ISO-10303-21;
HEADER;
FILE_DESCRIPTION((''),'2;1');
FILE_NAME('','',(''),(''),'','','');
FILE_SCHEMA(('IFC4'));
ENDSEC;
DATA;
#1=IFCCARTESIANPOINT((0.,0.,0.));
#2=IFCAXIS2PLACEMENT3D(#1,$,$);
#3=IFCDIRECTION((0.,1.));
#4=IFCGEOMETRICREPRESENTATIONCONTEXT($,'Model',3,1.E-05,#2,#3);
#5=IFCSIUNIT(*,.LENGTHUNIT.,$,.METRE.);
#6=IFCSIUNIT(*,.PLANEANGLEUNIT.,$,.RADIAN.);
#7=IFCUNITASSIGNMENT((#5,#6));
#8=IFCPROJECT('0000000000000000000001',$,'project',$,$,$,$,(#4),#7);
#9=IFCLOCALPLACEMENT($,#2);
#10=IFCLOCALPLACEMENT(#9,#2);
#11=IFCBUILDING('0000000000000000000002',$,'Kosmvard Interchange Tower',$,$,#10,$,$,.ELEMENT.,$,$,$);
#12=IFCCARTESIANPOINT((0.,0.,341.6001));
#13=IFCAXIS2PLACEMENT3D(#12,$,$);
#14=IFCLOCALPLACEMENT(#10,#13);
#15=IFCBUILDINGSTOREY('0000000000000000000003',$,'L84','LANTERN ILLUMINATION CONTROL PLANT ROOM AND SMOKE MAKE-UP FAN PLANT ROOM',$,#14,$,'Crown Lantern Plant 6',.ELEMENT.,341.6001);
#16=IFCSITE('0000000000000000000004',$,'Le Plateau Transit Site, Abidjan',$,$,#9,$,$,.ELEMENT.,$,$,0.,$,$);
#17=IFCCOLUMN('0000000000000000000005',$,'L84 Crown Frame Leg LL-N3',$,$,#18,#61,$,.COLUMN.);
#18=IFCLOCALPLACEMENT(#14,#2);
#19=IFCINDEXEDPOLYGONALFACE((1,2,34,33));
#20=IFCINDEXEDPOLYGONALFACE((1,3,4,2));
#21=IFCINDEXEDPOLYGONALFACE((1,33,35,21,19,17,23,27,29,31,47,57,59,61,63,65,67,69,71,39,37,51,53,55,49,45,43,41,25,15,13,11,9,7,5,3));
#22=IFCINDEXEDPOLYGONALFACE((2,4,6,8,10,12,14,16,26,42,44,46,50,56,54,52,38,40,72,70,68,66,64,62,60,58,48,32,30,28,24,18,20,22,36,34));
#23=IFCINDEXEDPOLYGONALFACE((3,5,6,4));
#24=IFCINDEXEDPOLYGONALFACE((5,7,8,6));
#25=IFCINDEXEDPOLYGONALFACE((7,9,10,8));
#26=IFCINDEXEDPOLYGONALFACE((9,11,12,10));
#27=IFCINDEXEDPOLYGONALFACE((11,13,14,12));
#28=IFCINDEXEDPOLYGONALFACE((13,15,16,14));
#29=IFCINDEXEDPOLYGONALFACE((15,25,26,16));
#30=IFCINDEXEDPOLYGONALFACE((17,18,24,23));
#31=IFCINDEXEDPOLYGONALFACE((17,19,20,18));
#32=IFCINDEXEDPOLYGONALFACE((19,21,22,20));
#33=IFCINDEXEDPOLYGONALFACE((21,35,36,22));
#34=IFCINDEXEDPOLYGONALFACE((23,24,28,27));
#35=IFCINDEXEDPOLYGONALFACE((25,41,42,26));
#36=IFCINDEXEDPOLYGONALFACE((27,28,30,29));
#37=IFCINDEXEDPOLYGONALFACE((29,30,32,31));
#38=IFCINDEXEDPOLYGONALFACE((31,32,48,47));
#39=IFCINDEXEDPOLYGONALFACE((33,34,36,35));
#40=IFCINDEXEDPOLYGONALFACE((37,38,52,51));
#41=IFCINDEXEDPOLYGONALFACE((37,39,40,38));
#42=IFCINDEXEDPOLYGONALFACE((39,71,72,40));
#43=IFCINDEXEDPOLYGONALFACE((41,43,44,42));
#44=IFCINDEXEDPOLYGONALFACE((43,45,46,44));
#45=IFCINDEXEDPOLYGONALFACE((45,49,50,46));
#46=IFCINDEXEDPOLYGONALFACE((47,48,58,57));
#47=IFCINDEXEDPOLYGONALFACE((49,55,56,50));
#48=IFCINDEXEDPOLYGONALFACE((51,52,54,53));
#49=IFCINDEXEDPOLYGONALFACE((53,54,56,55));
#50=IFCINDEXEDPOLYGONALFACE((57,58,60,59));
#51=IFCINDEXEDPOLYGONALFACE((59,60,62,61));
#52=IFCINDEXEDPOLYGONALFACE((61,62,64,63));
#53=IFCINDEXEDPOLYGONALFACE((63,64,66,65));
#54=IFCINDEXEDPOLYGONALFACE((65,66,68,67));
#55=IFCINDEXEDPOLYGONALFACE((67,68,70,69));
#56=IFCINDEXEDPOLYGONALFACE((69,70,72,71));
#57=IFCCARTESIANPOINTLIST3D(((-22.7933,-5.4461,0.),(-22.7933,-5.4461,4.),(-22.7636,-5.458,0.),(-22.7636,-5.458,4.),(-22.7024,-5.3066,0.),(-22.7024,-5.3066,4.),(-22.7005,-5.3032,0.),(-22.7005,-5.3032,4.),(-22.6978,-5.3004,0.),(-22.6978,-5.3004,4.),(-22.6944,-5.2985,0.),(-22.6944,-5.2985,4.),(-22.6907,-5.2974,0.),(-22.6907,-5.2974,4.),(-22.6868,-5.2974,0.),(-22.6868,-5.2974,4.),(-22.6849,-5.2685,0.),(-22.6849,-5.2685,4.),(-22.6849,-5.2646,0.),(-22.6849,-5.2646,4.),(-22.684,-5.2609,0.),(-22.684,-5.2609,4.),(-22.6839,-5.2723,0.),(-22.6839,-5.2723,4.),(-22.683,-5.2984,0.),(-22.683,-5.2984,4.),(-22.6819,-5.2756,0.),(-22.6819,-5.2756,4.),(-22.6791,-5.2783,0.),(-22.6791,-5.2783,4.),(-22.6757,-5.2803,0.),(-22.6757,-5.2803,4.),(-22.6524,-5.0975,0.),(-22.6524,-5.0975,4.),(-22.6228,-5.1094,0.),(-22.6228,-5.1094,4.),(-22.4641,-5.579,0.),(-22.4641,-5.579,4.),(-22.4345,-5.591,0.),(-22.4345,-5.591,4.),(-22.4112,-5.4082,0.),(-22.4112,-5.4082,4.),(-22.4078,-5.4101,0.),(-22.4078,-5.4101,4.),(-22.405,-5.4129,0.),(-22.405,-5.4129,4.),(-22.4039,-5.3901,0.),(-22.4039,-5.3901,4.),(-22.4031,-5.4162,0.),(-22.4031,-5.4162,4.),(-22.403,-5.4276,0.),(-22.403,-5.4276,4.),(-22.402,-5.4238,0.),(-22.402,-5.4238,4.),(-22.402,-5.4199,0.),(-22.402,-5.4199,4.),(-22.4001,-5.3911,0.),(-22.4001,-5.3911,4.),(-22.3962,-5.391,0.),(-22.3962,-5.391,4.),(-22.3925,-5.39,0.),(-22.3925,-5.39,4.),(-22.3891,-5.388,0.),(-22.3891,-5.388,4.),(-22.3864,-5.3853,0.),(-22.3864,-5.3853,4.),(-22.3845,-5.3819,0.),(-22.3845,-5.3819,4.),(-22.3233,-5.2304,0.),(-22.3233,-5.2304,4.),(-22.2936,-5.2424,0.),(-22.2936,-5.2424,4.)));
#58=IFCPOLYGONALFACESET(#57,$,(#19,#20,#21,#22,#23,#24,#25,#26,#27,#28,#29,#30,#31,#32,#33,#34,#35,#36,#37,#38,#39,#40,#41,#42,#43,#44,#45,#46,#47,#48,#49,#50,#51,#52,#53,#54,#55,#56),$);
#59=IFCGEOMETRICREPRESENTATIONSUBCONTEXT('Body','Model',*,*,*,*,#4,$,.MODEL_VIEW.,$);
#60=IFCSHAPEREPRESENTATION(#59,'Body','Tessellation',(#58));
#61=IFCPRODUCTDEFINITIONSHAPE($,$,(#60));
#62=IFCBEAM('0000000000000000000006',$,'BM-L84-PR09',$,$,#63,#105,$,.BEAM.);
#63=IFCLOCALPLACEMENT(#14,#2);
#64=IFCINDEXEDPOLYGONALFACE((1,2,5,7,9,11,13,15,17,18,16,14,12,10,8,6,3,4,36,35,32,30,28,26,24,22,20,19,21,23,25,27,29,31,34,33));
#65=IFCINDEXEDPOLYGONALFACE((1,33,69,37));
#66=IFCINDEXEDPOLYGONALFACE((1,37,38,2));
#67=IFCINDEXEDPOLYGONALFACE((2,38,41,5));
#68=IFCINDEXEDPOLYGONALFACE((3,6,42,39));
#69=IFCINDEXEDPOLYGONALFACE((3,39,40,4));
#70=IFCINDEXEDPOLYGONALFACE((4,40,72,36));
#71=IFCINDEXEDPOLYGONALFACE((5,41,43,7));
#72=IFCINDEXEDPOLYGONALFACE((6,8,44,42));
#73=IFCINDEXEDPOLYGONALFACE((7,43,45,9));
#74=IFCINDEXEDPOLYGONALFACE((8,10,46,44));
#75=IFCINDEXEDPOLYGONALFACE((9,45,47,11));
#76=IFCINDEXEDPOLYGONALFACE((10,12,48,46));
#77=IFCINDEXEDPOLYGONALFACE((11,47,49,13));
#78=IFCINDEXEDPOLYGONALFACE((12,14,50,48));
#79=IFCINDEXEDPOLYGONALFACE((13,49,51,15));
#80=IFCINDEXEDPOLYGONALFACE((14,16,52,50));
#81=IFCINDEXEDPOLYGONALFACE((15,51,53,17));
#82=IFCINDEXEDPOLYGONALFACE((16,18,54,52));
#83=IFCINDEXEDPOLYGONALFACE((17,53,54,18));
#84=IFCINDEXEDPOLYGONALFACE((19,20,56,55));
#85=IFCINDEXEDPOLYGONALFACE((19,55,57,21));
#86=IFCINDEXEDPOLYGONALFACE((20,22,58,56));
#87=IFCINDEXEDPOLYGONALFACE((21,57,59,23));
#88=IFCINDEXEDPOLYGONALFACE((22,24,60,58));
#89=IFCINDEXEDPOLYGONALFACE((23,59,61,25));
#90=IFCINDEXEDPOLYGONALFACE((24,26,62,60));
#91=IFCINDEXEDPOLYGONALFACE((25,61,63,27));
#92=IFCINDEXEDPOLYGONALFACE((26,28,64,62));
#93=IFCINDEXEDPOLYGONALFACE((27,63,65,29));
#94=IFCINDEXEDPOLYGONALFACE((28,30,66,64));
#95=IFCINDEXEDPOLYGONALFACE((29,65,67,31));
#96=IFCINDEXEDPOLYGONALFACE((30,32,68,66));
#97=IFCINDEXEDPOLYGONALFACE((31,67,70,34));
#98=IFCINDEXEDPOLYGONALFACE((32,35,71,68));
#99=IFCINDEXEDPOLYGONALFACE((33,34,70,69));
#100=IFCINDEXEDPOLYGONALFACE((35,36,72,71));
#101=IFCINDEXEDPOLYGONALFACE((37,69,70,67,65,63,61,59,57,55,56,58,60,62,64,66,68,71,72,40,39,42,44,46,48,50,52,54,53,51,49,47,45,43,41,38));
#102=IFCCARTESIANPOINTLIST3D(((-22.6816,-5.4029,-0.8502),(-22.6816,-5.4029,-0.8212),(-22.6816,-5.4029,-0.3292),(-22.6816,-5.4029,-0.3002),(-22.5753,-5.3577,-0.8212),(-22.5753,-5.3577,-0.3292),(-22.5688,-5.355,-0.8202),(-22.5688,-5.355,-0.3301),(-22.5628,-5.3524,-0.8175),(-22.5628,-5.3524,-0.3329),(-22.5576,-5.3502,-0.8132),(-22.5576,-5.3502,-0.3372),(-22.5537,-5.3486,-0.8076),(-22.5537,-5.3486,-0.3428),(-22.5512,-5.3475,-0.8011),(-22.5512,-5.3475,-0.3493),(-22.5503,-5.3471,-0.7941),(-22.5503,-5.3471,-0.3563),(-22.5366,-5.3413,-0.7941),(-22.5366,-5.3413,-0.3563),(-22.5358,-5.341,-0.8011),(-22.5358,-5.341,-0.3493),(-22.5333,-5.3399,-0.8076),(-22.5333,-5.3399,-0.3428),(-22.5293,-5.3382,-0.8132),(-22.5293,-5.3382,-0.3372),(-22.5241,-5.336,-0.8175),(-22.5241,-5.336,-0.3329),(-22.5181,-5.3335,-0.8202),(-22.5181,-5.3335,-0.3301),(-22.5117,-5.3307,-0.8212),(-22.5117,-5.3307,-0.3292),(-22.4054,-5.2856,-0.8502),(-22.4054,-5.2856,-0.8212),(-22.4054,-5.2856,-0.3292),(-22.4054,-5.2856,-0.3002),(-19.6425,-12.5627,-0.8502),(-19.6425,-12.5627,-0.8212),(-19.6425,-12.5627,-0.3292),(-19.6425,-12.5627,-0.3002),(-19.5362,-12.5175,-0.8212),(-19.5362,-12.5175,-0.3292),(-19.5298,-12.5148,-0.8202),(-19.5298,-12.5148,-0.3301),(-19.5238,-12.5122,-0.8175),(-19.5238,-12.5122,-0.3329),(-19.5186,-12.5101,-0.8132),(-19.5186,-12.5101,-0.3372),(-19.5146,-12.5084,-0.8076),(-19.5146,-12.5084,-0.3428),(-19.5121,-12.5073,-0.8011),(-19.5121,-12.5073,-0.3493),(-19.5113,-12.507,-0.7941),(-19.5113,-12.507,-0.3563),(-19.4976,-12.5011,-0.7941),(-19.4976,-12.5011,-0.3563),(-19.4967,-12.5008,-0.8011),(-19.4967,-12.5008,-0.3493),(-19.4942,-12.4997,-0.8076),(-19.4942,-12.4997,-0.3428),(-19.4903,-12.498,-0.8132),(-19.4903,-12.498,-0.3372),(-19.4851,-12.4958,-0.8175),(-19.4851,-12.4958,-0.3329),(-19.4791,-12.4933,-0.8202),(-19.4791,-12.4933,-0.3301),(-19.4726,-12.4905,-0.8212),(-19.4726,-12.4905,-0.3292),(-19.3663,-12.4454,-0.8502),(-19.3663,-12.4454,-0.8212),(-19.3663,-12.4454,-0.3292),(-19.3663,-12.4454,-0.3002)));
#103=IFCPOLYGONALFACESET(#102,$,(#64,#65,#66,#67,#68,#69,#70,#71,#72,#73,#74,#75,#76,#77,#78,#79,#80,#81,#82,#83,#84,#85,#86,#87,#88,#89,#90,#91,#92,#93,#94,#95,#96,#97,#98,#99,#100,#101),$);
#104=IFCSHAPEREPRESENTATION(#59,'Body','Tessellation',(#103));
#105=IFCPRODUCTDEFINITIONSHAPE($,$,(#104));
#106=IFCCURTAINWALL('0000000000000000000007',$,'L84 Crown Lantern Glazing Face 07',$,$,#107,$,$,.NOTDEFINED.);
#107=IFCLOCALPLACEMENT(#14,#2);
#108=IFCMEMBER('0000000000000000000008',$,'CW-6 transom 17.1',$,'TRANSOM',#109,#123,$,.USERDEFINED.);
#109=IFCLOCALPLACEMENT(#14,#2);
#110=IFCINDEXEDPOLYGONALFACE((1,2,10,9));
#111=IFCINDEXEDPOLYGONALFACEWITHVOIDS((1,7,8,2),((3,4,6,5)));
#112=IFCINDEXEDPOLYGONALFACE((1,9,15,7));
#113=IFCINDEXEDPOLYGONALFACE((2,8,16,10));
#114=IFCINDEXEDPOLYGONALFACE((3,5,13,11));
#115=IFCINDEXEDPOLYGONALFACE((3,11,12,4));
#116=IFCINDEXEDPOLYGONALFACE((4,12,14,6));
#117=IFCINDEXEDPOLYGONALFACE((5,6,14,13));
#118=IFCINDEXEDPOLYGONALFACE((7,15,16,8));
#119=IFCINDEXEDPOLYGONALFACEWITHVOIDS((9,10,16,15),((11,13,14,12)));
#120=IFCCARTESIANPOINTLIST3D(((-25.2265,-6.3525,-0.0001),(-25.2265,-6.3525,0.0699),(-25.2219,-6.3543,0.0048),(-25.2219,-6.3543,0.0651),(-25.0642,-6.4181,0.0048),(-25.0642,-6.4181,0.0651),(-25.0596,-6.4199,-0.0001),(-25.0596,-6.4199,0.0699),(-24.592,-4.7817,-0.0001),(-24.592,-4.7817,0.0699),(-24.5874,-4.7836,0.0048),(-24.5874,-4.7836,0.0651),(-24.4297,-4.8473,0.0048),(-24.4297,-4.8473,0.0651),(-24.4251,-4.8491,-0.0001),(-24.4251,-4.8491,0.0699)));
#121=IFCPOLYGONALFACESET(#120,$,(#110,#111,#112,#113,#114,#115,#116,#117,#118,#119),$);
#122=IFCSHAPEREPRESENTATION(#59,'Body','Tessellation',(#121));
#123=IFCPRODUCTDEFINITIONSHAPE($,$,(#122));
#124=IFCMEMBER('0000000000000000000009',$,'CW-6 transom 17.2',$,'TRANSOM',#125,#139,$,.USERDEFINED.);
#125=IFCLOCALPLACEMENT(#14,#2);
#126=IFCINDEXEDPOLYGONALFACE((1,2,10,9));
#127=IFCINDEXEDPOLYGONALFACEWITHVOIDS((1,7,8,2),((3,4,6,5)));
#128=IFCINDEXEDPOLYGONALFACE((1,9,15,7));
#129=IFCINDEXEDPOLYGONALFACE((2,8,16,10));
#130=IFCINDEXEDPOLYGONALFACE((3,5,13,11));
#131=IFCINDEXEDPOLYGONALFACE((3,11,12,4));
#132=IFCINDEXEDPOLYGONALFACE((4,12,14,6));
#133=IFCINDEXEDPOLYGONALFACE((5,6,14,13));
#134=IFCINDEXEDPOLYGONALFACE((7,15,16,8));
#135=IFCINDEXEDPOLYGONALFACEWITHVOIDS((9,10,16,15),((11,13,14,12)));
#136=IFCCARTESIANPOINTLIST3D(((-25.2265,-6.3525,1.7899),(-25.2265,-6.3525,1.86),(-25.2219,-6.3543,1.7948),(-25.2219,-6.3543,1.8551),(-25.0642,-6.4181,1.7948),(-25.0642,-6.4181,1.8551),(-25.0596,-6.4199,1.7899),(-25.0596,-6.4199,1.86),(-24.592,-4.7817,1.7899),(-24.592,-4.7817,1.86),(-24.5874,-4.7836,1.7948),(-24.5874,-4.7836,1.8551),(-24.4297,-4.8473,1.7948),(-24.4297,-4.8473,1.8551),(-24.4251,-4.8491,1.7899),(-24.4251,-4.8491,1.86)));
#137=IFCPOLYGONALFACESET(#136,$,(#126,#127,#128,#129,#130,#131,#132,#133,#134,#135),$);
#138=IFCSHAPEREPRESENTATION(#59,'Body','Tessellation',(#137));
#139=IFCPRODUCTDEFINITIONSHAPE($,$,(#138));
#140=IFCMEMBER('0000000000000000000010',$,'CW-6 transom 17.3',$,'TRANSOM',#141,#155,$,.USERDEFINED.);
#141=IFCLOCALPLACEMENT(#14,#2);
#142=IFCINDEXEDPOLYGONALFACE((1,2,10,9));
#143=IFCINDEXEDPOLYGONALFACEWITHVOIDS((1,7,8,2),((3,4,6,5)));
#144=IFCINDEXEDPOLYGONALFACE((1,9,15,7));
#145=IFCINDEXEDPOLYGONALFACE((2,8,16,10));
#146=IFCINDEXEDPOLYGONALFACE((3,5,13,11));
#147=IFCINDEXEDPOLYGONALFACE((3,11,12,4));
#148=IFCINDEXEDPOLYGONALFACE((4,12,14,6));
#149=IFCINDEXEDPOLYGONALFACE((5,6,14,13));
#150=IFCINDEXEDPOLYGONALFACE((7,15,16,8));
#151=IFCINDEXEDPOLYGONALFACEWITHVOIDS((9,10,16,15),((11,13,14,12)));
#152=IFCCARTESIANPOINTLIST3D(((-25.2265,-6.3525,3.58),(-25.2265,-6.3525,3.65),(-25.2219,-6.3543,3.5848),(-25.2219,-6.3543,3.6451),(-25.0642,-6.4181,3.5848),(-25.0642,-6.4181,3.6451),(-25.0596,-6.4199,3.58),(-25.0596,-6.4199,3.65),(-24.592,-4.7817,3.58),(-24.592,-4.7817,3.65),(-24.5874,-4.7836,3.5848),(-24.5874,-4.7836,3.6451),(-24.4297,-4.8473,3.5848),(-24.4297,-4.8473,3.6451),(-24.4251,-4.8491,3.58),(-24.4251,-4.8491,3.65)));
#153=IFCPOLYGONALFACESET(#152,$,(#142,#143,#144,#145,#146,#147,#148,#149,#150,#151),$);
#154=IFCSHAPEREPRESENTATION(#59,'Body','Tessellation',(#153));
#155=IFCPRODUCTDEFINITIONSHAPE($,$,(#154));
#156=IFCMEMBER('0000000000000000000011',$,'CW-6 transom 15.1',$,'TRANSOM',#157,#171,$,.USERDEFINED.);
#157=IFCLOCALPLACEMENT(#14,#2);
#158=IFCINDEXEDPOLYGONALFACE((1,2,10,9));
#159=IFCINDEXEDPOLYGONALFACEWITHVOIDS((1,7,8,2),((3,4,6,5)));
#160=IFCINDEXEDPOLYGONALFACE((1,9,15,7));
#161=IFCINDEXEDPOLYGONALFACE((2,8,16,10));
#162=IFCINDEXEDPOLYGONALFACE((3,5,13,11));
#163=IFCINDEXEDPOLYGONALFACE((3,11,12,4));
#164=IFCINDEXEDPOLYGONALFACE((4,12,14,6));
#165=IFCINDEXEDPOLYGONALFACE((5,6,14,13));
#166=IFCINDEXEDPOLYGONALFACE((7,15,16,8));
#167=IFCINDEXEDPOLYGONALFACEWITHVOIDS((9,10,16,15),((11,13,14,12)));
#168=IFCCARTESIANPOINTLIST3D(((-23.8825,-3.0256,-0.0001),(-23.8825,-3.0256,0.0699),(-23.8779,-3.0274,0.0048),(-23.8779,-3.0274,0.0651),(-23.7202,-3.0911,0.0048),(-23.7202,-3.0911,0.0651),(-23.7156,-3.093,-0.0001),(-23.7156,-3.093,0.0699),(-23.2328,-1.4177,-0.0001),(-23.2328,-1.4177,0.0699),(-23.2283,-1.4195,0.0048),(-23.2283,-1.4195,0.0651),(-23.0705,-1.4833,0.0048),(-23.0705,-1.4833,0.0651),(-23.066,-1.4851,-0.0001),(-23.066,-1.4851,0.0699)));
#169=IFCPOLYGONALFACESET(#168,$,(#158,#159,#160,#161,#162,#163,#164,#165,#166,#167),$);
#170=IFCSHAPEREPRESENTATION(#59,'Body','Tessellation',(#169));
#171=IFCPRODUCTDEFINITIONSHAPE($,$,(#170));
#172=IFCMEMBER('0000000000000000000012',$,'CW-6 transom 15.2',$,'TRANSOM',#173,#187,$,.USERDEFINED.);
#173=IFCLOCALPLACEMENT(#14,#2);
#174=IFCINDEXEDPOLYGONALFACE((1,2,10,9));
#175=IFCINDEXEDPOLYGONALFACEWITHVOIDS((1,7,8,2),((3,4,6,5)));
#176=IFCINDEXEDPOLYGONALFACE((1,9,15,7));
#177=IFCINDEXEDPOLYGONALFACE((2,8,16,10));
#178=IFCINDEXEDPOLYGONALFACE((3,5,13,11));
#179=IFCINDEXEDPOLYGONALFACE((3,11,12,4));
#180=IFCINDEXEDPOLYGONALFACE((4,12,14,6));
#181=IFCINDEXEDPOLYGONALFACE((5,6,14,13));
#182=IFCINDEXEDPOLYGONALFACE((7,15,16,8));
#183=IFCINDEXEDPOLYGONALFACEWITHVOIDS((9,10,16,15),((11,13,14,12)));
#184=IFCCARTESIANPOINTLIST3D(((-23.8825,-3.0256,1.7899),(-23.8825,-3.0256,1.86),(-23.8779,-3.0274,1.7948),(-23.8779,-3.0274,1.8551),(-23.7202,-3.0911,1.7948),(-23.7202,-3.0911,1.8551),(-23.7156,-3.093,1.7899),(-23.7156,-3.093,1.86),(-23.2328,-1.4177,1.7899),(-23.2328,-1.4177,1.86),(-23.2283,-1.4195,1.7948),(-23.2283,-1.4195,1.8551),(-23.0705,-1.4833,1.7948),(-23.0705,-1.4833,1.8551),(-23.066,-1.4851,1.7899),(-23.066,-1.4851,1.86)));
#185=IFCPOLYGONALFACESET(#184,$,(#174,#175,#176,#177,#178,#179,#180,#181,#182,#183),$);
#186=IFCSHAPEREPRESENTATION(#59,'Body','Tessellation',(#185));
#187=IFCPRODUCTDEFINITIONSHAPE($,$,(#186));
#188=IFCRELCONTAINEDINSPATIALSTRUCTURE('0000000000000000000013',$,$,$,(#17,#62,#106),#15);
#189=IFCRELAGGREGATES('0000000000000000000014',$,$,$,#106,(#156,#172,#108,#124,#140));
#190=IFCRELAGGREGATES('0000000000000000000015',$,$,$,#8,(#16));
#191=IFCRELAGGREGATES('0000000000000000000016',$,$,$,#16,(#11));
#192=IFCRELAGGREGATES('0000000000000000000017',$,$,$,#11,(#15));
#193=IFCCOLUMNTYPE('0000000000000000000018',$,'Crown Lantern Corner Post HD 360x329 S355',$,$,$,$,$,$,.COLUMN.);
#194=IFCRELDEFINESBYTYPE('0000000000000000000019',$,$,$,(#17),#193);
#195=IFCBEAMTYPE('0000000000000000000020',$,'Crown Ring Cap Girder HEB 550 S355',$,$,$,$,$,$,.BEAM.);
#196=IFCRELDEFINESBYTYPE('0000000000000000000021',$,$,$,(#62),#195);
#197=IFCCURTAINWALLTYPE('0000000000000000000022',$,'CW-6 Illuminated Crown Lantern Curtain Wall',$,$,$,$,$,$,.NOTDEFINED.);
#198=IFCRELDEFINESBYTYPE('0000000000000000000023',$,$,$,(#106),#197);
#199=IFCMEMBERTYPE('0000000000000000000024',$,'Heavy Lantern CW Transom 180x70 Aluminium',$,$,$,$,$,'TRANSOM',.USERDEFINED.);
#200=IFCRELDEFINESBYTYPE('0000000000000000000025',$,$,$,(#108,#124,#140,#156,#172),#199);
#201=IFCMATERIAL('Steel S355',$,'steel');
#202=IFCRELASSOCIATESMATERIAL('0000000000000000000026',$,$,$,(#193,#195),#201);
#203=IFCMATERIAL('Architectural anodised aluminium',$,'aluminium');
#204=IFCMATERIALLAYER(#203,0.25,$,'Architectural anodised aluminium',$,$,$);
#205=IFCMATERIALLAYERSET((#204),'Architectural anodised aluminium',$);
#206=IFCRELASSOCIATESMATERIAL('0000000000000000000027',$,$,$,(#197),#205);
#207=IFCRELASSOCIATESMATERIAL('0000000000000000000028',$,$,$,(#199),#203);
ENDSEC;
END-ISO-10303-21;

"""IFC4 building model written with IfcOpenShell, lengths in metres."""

from ifc_helpers import new_model, si_unit, direction, frame, origin, origin_2d, place, context, subcontext, project, spatial, hollow_rectangle, i_section, extrude, source, transform, mapped, material, layer, layer_set, material_profile, profile_set, type_object, element, aggregate, save


model = new_model("IFC4")

# Units and contexts
model_context = context("Model", 3, precision=1e-05, world=origin(), true_north=direction((0.0, 1.0)))
body_context = subcontext(model_context, "Body", "Model", "MODEL_VIEW")
ifc_project = project(units=[si_unit("LENGTHUNIT", "METRE"), si_unit("PLANEANGLEUNIT", "RADIAN")], contexts=[model_context])

# Site, building, storey
site_placement = place(None, origin())
site = spatial("IfcSite", under=ifc_project, at=site_placement, Name="Le Plateau Transit Site, Abidjan", CompositionType="ELEMENT", RefElevation=0.0)
building_placement = place(site_placement, origin())
building = spatial("IfcBuilding", under=site, at=building_placement, Name="Kosmvard Interchange Tower", CompositionType="ELEMENT")
storey_placement = place(building_placement, frame((0.0, 0.0, 341.6001)))
storey = spatial("IfcBuildingStorey", under=building, at=storey_placement, Name="L84", Description="LANTERN ILLUMINATION CONTROL PLANT ROOM AND SMOKE MAKE-UP FAN PLANT ROOM", LongName="Crown Lantern Plant 6", CompositionType="ELEMENT", Elevation=341.6001)

# Column
ifc_material_1 = material(Name="Steel S355", Category="steel")
ifc_material_profile_1 = material_profile(ifc_material_1, i_section(OverallWidth=0.376, OverallDepth=0.387, WebThickness=0.0195, FlangeThickness=0.032, FilletRadius=0.0149, at=origin_2d()), Name="HD 360x329")
ifc_profile_set_1 = profile_set([ifc_material_profile_1], Name="Steel S355")
column_type = type_object("IfcColumnType", Name="Crown Lantern Corner Post HD 360x329 S355", PredefinedType="COLUMN", material=ifc_profile_set_1)
shared_shape_1 = source(origin(), body_context, "Body", "SweptSolid", [
    extrude(i_section(OverallWidth=0.376, OverallDepth=0.387, WebThickness=0.0195, FlangeThickness=0.032, FilletRadius=0.0149, at=origin_2d()), origin(), (0.0, 0.0, 1.0), 4.0),
])
column_placement = place(storey_placement, frame((-22.5435, -5.3442, 0.0), z_axis=(0.0, 0.0, 1.0), x_axis=(0.374607, 0.927184, 0.0)))
element("IfcColumn", 1, at=column_placement, inside=storey, type_object=column_type, Name="L84 Crown Frame Leg LL-N3", PredefinedType="COLUMN", context=body_context, shape_type="MappedRepresentation", body=[
    mapped(shared_shape_1, transform((0.0, 0.0, 0.0), scale=1.0)),
])

# Beam
ifc_material_profile_2 = material_profile(ifc_material_1, i_section(OverallWidth=0.3, OverallDepth=0.55, WebThickness=0.0149, FlangeThickness=0.0291, FilletRadius=0.0271, at=origin_2d()), Name="HEB 550")
ifc_profile_set_2 = profile_set([ifc_material_profile_2], Name="Steel S355")
beam_type = type_object("IfcBeamType", Name="Crown Ring Cap Girder HEB 550 S355", PredefinedType="BEAM", material=ifc_profile_set_2)
shared_shape_2 = source(origin(), body_context, "Body", "SweptSolid", [
    extrude(i_section(OverallWidth=0.3, OverallDepth=0.55, WebThickness=0.0149, FlangeThickness=0.0291, FilletRadius=0.0271, at=origin_2d()), origin(), (0.0, 0.0, 1.0), 7.7781),
])
beam_placement = place(storey_placement, frame((-22.5435, -5.3442, -0.5752), z_axis=(0.390716, -0.920511, 0.0), x_axis=(0.920511, 0.390716, 0.0)))
element("IfcBeam", 2, at=beam_placement, inside=storey, type_object=beam_type, Name="BM-L84-PR09", PredefinedType="BEAM", context=body_context, shape_type="MappedRepresentation", body=[
    mapped(shared_shape_2, transform((0.0, 0.0, 0.0), scale=1.0)),
])

# Curtain wall, members
ifc_material_2 = material(Name="Architectural anodised aluminium", Category="aluminium")
ifc_layer_1 = layer(ifc_material_2, 0.25, Name="Architectural anodised aluminium")
ifc_layer_set_1 = layer_set([ifc_layer_1], Name="Architectural anodised aluminium")
curtain_wall_type = type_object("IfcCurtainWallType", Name="CW-6 Illuminated Crown Lantern Curtain Wall", PredefinedType="NOTDEFINED", material=ifc_layer_set_1)
curtain_wall_placement = place(storey_placement, origin())
curtain_wall = element("IfcCurtainWall", 3, at=curtain_wall_placement, inside=storey, type_object=curtain_wall_type, Name="L84 Crown Lantern Glazing Face 07", PredefinedType="NOTDEFINED")
ifc_material_profile_3 = material_profile(ifc_material_2, hollow_rectangle(XDim=0.1799, YDim=0.0701, WallThickness=0.0049, at=origin_2d()), Name="CWT 180x70x5")
ifc_profile_set_3 = profile_set([ifc_material_profile_3], Name="Architectural anodised aluminium")
member_type_1 = type_object("IfcMemberType", Name="Heavy Lantern CW Transom 180x70 Aluminium", ElementType="TRANSOM", PredefinedType="USERDEFINED", material=ifc_profile_set_3)
shared_shape_3 = source(origin(), body_context, "Body", "SweptSolid", [
    extrude(hollow_rectangle(XDim=0.1799, YDim=0.0701, WallThickness=0.0049, at=origin_2d()), origin(), (0.0, 0.0, 1.0), 1.6941),
])
member_1_placement = place(storey_placement, frame((-24.5085, -4.8154, 0.0349), z_axis=(-0.374544, -0.927209, 0.0), x_axis=(0.927209, -0.374544, 0.0)))
member_1 = element("IfcMember", 4, at=member_1_placement, type_object=member_type_1, Name="CW-6 transom 17.1", ObjectType="TRANSOM", PredefinedType="USERDEFINED", context=body_context, shape_type="MappedRepresentation", body=[
    mapped(shared_shape_3, transform((0.0, 0.0, 0.0), scale=1.0)),
])
member_2_placement = place(storey_placement, frame((-24.5085, -4.8154, 1.825), z_axis=(-0.374544, -0.927209, 0.0), x_axis=(0.927209, -0.374544, 0.0)))
member_2 = element("IfcMember", 5, at=member_2_placement, type_object=member_type_1, Name="CW-6 transom 17.2", ObjectType="TRANSOM", PredefinedType="USERDEFINED", context=body_context, shape_type="MappedRepresentation", body=[
    mapped(shared_shape_3, transform((0.0, 0.0, 0.0), scale=1.0)),
])
member_3_placement = place(storey_placement, frame((-24.5085, -4.8154, 3.615), z_axis=(-0.374544, -0.927209, 0.0), x_axis=(0.927209, -0.374544, 0.0)))
member_3 = element("IfcMember", 6, at=member_3_placement, type_object=member_type_1, Name="CW-6 transom 17.3", ObjectType="TRANSOM", PredefinedType="USERDEFINED", context=body_context, shape_type="MappedRepresentation", body=[
    mapped(shared_shape_3, transform((0.0, 0.0, 0.0), scale=1.0)),
])
shared_shape_4 = source(origin(), body_context, "Body", "SweptSolid", [
    extrude(hollow_rectangle(XDim=0.1799, YDim=0.0701, WallThickness=0.0049, at=origin_2d()), origin(), (0.0, 0.0, 1.0), 1.7341),
])
member_4_placement = place(storey_placement, frame((-23.1494, -1.4514, 0.0349), z_axis=(-0.374617, -0.92718, 0.0), x_axis=(0.92718, -0.374617, 0.0)))
member_4 = element("IfcMember", 7, at=member_4_placement, type_object=member_type_1, Name="CW-6 transom 15.1", ObjectType="TRANSOM", PredefinedType="USERDEFINED", context=body_context, shape_type="MappedRepresentation", body=[
    mapped(shared_shape_4, transform((0.0, 0.0, 0.0), scale=1.0)),
])
member_5_placement = place(storey_placement, frame((-23.1494, -1.4514, 1.825), z_axis=(-0.374617, -0.92718, 0.0), x_axis=(0.92718, -0.374617, 0.0)))
member_5 = element("IfcMember", 8, at=member_5_placement, type_object=member_type_1, Name="CW-6 transom 15.2", ObjectType="TRANSOM", PredefinedType="USERDEFINED", context=body_context, shape_type="MappedRepresentation", body=[
    mapped(shared_shape_4, transform((0.0, 0.0, 0.0), scale=1.0)),
])

aggregate(curtain_wall, [member_4, member_5, member_1, member_2, member_3])

save(model, "model.ifc")
